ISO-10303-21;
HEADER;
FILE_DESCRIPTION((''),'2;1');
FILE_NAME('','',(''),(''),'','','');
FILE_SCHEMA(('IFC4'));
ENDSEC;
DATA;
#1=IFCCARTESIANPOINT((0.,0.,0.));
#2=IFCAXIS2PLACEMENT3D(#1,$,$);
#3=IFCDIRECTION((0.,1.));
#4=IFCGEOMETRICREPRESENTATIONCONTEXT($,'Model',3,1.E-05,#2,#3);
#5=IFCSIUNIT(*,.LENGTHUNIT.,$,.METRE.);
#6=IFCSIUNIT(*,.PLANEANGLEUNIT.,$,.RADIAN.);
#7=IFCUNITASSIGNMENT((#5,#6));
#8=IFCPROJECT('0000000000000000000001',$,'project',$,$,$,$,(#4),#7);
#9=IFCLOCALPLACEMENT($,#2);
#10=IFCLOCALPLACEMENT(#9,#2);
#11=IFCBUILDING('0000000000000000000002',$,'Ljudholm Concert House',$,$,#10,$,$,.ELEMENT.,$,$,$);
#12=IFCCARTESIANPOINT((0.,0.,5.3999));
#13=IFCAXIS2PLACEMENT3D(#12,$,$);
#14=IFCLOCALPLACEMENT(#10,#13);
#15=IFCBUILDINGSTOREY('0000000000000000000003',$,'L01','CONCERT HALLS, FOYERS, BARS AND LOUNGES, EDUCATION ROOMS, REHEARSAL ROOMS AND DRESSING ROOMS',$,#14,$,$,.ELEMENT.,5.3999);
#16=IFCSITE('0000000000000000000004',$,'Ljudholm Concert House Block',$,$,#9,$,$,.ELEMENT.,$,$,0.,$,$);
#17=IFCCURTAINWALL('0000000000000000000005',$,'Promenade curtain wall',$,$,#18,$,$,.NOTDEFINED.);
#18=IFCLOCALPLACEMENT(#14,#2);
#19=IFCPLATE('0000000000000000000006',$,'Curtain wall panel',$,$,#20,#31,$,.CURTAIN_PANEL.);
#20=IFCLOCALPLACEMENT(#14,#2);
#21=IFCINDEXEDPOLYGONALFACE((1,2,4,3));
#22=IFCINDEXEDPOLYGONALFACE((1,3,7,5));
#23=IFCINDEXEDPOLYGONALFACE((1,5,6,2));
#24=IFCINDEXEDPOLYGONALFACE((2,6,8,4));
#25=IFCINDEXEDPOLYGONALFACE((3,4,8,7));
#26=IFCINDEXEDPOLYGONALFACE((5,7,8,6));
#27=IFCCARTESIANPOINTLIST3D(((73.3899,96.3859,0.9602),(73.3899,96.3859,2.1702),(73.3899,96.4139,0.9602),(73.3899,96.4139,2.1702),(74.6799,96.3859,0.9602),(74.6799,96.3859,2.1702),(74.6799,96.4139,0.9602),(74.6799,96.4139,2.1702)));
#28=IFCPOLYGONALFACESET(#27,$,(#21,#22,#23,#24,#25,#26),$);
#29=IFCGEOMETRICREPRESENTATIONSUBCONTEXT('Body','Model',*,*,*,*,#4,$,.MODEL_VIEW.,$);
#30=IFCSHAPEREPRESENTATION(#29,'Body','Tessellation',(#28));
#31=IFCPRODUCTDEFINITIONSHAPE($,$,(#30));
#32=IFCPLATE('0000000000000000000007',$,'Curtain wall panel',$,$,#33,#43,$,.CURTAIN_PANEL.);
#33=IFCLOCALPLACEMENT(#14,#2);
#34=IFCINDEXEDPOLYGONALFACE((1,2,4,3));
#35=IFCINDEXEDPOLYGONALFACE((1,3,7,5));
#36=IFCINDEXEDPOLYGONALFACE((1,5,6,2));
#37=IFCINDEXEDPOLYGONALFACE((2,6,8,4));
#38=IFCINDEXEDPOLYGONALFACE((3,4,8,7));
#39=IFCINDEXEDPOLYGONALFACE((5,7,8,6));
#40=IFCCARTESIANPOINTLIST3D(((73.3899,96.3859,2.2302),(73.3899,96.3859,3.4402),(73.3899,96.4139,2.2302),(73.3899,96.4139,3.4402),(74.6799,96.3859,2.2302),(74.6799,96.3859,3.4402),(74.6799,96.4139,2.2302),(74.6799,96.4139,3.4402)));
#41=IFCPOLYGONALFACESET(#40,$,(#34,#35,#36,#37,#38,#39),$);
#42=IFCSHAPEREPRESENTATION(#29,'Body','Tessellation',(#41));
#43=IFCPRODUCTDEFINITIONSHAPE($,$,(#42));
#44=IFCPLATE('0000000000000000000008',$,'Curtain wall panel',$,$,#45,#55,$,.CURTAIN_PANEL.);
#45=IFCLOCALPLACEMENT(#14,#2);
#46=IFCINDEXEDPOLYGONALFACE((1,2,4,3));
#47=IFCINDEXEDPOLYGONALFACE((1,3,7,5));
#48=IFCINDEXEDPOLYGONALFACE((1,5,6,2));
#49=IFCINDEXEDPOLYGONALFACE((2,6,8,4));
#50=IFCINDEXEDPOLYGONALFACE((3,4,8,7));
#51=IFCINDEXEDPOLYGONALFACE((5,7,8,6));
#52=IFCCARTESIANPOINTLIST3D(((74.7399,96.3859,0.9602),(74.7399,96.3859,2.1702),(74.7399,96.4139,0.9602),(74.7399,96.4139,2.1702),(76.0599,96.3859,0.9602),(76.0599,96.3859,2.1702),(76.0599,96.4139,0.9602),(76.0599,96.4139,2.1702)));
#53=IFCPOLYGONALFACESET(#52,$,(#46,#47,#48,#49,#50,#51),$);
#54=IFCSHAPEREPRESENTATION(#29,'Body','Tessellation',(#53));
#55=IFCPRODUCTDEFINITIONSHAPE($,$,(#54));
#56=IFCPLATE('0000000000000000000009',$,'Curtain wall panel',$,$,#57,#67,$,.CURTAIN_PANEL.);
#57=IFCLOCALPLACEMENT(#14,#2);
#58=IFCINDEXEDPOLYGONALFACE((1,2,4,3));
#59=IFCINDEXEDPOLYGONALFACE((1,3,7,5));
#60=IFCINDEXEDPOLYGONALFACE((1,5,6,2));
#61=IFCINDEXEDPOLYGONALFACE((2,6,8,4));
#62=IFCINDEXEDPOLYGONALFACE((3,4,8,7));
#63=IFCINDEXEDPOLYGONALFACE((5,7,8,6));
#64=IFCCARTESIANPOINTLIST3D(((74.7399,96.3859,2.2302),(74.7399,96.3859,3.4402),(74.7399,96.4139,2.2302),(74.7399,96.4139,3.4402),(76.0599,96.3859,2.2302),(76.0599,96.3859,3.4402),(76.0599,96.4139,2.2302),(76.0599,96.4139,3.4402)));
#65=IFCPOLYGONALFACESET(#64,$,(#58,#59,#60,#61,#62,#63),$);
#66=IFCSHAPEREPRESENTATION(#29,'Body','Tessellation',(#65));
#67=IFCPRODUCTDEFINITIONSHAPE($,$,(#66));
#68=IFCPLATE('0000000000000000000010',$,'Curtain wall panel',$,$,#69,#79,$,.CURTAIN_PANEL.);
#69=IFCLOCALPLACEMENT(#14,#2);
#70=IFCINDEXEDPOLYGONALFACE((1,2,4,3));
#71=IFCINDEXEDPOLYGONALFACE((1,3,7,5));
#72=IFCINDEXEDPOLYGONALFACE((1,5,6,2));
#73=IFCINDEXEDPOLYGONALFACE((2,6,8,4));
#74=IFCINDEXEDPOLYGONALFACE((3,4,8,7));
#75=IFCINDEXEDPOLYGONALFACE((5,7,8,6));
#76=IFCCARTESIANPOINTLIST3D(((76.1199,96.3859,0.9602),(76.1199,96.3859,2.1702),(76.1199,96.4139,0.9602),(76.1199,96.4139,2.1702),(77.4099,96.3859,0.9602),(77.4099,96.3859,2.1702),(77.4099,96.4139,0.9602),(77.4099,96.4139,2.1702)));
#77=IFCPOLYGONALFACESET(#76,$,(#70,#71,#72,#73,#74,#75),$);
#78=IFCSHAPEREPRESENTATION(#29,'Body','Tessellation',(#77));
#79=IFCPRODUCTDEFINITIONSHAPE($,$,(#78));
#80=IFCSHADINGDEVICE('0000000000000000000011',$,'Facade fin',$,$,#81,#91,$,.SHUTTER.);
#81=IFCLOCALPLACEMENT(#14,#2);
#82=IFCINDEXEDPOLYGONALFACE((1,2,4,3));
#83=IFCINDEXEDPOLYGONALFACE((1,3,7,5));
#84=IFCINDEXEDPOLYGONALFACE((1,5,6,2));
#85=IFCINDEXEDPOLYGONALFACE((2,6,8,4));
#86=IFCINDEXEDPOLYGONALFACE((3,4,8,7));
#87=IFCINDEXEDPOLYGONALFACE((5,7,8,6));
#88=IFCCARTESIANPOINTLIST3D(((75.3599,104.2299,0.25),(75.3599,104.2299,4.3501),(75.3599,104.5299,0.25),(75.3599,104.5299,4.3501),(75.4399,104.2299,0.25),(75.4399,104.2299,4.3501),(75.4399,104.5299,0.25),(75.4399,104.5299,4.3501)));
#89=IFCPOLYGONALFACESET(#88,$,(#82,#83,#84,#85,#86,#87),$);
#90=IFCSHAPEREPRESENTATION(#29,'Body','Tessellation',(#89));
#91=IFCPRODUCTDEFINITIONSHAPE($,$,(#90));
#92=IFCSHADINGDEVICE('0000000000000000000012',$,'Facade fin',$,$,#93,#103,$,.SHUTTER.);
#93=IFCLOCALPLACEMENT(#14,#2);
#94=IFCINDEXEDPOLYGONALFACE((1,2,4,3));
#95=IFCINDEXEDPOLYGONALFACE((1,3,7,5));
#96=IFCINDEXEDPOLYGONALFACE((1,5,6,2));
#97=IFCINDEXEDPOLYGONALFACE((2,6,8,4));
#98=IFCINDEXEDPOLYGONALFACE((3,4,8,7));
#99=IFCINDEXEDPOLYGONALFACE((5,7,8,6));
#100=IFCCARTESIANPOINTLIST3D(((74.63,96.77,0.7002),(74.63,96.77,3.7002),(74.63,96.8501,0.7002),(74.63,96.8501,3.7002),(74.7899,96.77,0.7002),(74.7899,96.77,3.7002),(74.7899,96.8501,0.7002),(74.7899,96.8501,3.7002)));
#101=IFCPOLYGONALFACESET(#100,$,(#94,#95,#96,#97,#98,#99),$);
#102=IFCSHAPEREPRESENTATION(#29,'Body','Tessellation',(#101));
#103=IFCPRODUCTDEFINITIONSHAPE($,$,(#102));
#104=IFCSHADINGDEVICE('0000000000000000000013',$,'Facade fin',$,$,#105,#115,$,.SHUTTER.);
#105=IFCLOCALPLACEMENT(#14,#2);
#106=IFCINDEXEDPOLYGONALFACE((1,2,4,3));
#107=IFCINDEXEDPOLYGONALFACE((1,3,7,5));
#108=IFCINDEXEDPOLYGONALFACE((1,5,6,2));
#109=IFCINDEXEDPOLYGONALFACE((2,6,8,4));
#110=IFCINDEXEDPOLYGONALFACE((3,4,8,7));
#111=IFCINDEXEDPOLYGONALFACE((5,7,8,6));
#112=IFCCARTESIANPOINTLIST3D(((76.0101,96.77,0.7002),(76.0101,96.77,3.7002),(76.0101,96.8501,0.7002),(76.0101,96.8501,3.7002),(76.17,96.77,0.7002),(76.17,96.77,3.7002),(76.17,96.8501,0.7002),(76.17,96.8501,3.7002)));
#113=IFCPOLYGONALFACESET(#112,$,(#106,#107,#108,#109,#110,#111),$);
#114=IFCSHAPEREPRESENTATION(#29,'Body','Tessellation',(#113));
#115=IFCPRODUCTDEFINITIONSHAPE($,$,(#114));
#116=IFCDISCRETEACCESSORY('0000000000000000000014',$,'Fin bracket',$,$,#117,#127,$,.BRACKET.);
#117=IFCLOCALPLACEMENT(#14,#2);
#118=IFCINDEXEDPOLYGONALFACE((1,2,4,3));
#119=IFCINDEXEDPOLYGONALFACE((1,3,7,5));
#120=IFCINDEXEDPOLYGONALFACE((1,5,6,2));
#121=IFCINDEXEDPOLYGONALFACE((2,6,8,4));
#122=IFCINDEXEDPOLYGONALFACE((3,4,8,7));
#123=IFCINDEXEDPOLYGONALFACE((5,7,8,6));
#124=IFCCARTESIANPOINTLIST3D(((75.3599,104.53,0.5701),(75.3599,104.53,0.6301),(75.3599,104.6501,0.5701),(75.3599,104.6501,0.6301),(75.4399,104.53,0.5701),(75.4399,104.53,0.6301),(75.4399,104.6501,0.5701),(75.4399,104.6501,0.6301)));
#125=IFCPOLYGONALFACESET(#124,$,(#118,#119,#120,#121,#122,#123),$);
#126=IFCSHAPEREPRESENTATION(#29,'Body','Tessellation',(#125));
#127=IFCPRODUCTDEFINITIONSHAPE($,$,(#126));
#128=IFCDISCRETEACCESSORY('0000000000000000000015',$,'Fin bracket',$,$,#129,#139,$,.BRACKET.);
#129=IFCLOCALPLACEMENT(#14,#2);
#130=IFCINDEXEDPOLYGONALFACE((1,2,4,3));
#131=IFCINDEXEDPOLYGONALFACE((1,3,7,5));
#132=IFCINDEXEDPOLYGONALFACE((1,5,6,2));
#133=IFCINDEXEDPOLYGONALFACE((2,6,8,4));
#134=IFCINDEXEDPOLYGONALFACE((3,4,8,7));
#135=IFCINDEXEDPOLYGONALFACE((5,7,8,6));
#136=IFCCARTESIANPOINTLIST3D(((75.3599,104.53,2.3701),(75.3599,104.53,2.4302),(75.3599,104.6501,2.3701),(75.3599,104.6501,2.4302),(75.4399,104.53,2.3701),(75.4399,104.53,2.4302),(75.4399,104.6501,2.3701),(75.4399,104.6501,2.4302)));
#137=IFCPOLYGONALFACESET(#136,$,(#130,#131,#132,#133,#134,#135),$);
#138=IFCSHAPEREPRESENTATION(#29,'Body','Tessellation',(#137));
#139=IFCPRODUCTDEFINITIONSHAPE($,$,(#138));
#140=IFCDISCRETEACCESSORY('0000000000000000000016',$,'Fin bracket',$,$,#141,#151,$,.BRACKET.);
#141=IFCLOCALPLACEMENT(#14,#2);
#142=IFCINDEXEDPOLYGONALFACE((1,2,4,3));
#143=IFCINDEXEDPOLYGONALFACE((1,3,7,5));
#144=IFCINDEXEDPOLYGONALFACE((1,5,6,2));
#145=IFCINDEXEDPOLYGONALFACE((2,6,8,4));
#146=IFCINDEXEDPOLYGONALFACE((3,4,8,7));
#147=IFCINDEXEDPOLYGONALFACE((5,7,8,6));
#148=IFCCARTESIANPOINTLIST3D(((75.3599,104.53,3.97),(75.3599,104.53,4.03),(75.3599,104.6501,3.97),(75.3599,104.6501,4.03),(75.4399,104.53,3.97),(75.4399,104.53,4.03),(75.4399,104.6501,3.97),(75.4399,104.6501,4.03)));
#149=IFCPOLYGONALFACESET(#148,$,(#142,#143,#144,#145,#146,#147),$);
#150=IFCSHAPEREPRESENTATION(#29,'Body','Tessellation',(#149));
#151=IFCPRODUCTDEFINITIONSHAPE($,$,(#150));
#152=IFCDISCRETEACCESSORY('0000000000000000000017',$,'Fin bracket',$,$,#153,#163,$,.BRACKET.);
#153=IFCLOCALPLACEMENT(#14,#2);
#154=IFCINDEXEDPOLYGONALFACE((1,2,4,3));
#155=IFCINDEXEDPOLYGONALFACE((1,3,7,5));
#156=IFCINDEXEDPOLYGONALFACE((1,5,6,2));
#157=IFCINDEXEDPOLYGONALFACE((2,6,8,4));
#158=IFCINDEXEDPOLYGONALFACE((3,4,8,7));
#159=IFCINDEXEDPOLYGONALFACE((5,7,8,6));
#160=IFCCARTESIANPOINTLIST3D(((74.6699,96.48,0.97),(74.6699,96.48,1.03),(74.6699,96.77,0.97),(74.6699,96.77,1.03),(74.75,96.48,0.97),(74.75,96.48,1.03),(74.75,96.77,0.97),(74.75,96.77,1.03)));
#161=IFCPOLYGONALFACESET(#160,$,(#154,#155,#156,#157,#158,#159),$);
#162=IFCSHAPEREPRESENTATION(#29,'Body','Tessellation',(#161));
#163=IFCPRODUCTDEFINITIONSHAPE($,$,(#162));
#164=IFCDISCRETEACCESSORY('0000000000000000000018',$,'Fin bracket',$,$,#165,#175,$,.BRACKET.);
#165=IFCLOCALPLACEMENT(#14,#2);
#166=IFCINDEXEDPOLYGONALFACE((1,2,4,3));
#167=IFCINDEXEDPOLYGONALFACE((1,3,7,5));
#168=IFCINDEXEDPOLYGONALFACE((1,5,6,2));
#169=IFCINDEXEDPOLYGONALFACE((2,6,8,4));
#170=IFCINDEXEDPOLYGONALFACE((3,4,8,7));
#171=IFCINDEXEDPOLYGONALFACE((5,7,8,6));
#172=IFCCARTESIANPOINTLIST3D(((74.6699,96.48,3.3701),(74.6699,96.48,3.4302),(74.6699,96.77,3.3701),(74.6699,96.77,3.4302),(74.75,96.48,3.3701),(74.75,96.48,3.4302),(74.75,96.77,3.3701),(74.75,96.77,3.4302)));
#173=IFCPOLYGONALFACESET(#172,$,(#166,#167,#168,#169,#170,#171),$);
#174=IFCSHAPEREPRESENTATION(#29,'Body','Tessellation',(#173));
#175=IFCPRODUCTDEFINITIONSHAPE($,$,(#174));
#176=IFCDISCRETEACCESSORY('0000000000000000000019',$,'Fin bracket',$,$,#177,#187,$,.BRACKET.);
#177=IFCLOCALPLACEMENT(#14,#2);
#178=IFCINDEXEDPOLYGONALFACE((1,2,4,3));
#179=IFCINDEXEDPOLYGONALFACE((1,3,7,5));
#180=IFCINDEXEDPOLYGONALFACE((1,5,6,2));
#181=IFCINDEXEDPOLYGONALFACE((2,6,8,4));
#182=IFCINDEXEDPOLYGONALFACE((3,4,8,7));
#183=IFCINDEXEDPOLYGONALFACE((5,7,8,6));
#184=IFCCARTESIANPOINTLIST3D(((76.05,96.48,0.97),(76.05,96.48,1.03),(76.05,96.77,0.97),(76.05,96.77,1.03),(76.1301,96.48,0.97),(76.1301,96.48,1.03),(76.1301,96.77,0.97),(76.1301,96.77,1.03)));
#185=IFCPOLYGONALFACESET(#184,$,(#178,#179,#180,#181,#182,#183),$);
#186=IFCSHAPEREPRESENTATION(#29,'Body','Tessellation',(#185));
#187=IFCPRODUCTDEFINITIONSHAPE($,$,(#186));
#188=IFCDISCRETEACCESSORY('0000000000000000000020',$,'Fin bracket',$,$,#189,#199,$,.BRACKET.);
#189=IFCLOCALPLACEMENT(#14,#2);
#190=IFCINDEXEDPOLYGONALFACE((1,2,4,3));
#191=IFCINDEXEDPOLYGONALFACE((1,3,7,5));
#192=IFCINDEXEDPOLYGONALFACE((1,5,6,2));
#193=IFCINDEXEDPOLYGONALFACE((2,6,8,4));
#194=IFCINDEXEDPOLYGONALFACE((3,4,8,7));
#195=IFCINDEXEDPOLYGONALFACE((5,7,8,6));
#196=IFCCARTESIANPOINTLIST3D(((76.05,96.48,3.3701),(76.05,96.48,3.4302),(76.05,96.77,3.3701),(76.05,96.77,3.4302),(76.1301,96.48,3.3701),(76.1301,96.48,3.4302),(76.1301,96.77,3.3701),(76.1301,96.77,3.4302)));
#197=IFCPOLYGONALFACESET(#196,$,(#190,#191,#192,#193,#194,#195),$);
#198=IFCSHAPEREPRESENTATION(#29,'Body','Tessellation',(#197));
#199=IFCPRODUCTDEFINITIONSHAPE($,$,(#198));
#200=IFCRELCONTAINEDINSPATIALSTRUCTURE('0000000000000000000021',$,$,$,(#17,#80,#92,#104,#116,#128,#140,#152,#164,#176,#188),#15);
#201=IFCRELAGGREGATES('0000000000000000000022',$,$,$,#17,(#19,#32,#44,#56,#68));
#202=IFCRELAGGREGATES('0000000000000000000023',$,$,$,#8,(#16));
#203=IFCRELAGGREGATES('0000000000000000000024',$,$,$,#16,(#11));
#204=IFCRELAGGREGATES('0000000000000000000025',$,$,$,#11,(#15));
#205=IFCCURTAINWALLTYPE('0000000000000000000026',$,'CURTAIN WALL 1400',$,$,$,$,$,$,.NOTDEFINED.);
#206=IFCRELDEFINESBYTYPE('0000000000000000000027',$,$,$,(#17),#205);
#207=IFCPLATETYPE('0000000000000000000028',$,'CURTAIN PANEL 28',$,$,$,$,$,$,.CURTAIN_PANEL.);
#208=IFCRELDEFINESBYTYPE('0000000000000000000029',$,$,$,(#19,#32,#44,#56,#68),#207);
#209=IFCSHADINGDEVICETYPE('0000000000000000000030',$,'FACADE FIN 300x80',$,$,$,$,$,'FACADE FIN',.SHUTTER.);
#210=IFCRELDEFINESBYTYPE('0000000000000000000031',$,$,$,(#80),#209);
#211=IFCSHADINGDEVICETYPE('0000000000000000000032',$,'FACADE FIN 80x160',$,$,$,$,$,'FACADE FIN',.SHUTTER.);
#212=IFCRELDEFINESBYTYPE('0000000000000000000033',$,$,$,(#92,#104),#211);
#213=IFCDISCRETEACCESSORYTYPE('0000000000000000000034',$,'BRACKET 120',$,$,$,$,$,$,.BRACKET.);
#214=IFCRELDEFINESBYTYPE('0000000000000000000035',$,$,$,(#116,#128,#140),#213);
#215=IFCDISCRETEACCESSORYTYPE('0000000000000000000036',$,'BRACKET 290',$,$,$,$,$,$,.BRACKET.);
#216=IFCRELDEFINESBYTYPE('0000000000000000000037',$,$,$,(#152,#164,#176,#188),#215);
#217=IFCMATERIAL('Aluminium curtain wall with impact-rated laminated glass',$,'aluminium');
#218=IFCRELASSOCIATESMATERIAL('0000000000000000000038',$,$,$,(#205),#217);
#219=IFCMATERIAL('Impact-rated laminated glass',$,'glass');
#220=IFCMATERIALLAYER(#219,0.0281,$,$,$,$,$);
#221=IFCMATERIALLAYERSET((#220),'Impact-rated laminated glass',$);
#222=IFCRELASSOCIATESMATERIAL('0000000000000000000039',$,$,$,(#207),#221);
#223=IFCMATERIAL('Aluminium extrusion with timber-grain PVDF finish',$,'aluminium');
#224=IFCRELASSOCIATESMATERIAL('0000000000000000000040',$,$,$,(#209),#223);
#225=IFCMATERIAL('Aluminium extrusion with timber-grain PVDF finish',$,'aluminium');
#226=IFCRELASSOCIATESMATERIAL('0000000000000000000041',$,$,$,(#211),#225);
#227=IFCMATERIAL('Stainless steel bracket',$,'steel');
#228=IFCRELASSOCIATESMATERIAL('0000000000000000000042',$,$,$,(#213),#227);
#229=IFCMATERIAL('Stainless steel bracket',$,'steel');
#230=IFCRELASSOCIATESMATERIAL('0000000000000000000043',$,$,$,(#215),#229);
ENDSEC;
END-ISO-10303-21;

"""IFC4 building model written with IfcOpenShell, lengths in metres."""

from ifc_helpers import new_model, si_unit, direction, frame, origin, origin_2d, place, context, subcontext, project, spatial, rectangle, extrude, material, layer, layer_set, type_object, element, aggregate, save


model = new_model("IFC4")

# Units and contexts
model_context = context("Model", 3, precision=1e-05, world=origin(), true_north=direction((0.0, 1.0)))
body_context = subcontext(model_context, "Body", "Model", "MODEL_VIEW")
ifc_project = project(units=[si_unit("LENGTHUNIT", "METRE"), si_unit("PLANEANGLEUNIT", "RADIAN")], contexts=[model_context])

# Site, building, storey
site_placement = place(None, origin())
site = spatial("IfcSite", under=ifc_project, at=site_placement, Name="Ljudholm Concert House Block", CompositionType="ELEMENT", RefElevation=0.0)
building_placement = place(site_placement, origin())
building = spatial("IfcBuilding", under=site, at=building_placement, Name="Ljudholm Concert House", CompositionType="ELEMENT")
storey_placement = place(building_placement, frame((0.0, 0.0, 5.3999)))
storey = spatial("IfcBuildingStorey", under=building, at=storey_placement, Name="L01", Description="CONCERT HALLS, FOYERS, BARS AND LOUNGES, EDUCATION ROOMS, REHEARSAL ROOMS AND DRESSING ROOMS", CompositionType="ELEMENT", Elevation=5.3999)

# Curtain wall
ifc_material_1 = material(Name="Aluminium curtain wall with impact-rated laminated glass", Category="aluminium")
curtain_wall_type = type_object("IfcCurtainWallType", Name="CURTAIN WALL 1400", PredefinedType="NOTDEFINED", material=ifc_material_1)
curtain_wall_placement = place(storey_placement, origin())
curtain_wall = element("IfcCurtainWall", 1, at=curtain_wall_placement, inside=storey, type_object=curtain_wall_type, Name="Promenade curtain wall", PredefinedType="NOTDEFINED")

# Plates
ifc_material_2 = material(Name="Impact-rated laminated glass", Category="glass")
ifc_layer = layer(ifc_material_2, 0.0281)
ifc_layer_set = layer_set([ifc_layer], Name="Impact-rated laminated glass")
plate_type = type_object("IfcPlateType", Name="CURTAIN PANEL 28", PredefinedType="CURTAIN_PANEL", material=ifc_layer_set)
plate_1_placement = place(storey_placement, frame((74.0349, 96.3999, 0.9602), z_axis=(0.0, 0.0, 1.0), x_axis=(1.0, 0.0, 0.0)))
plate_1 = element("IfcPlate", 2, at=plate_1_placement, type_object=plate_type, Name="Curtain wall panel", PredefinedType="CURTAIN_PANEL", context=body_context, shape_type="SweptSolid", body=[
    extrude(rectangle(XDim=1.29, YDim=0.0281, at=origin_2d()), origin(), (0.0, 0.0, 1.0), 1.21),
])
plate_2_placement = place(storey_placement, frame((74.0349, 96.3999, 2.2302), z_axis=(0.0, 0.0, 1.0), x_axis=(1.0, 0.0, 0.0)))
plate_2 = element("IfcPlate", 3, at=plate_2_placement, type_object=plate_type, Name="Curtain wall panel", PredefinedType="CURTAIN_PANEL", context=body_context, shape_type="SweptSolid", body=[
    extrude(rectangle(XDim=1.29, YDim=0.0281, at=origin_2d()), origin(), (0.0, 0.0, 1.0), 1.21),
])
plate_3_placement = place(storey_placement, frame((75.3999, 96.3999, 0.9602), z_axis=(0.0, 0.0, 1.0), x_axis=(1.0, 0.0, 0.0)))
plate_3 = element("IfcPlate", 4, at=plate_3_placement, type_object=plate_type, Name="Curtain wall panel", PredefinedType="CURTAIN_PANEL", context=body_context, shape_type="SweptSolid", body=[
    extrude(rectangle(XDim=1.3201, YDim=0.0281, at=origin_2d()), origin(), (0.0, 0.0, 1.0), 1.21),
])
plate_4_placement = place(storey_placement, frame((75.3999, 96.3999, 2.2302), z_axis=(0.0, 0.0, 1.0), x_axis=(1.0, 0.0, 0.0)))
plate_4 = element("IfcPlate", 5, at=plate_4_placement, type_object=plate_type, Name="Curtain wall panel", PredefinedType="CURTAIN_PANEL", context=body_context, shape_type="SweptSolid", body=[
    extrude(rectangle(XDim=1.3201, YDim=0.0281, at=origin_2d()), origin(), (0.0, 0.0, 1.0), 1.21),
])
plate_5_placement = place(storey_placement, frame((76.7649, 96.3999, 0.9602), z_axis=(0.0, 0.0, 1.0), x_axis=(1.0, 0.0, 0.0)))
plate_5 = element("IfcPlate", 6, at=plate_5_placement, type_object=plate_type, Name="Curtain wall panel", PredefinedType="CURTAIN_PANEL", context=body_context, shape_type="SweptSolid", body=[
    extrude(rectangle(XDim=1.29, YDim=0.0281, at=origin_2d()), origin(), (0.0, 0.0, 1.0), 1.21),
])
aggregate(curtain_wall, [plate_1, plate_2, plate_3, plate_4, plate_5])

# Shading devices
ifc_material_3 = material(Name="Aluminium extrusion with timber-grain PVDF finish", Category="aluminium")
shading_device_type_1 = type_object("IfcShadingDeviceType", Name="FACADE FIN 300x80", ElementType="FACADE FIN", PredefinedType="SHUTTER", material=ifc_material_3)
shading_device_placement = place(storey_placement, frame((75.3999, 104.3799, 0.25), z_axis=(0.0, 0.0, 1.0), x_axis=(0.0, -1.0, 0.0)))
element("IfcShadingDevice", 7, at=shading_device_placement, inside=storey, type_object=shading_device_type_1, Name="Facade fin", PredefinedType="SHUTTER", context=body_context, shape_type="SweptSolid", body=[
    extrude(rectangle(XDim=0.3, YDim=0.0801, at=origin_2d()), origin(), (0.0, 0.0, 1.0), 4.1001),
])
ifc_material_4 = material(Name="Aluminium extrusion with timber-grain PVDF finish", Category="aluminium")
shading_device_type_2 = type_object("IfcShadingDeviceType", Name="FACADE FIN 80x160", ElementType="FACADE FIN", PredefinedType="SHUTTER", material=ifc_material_4)
for number, where, z_axis, x_axis, name in (
    (8, (74.71, 96.8101, 0.7002), (0.0, 0.0, 1.0), (0.0, 1.0, 0.0), "Facade fin"),
    (9, (76.0901, 96.8101, 0.7002), (0.0, 0.0, 1.0), (0.0, 1.0, 0.0), "Facade fin"),
):
    element("IfcShadingDevice", number, at=place(storey_placement, frame(where, z_axis=z_axis, x_axis=x_axis)), inside=storey, type_object=shading_device_type_2, Name=name, PredefinedType="SHUTTER", context=body_context, shape_type="SweptSolid", body=[
        extrude(rectangle(XDim=0.0801, YDim=0.1599, at=origin_2d()), origin(), (0.0, 0.0, 1.0), 3.0),
    ])

# Discrete accessories
ifc_material_5 = material(Name="Stainless steel bracket", Category="steel")
discrete_accessory_type_1 = type_object("IfcDiscreteAccessoryType", Name="BRACKET 120", PredefinedType="BRACKET", material=ifc_material_5)
for number, where, z_axis, x_axis, name in (
    (10, (75.3999, 104.5901, 0.5701), (0.0, 0.0, 1.0), (0.0, -1.0, 0.0), "Fin bracket"),
    (11, (75.3999, 104.5901, 2.3701), (0.0, 0.0, 1.0), (0.0, -1.0, 0.0), "Fin bracket"),
    (12, (75.3999, 104.5901, 3.97), (0.0, 0.0, 1.0), (0.0, -1.0, 0.0), "Fin bracket"),
):
    element("IfcDiscreteAccessory", number, at=place(storey_placement, frame(where, z_axis=z_axis, x_axis=x_axis)), inside=storey, type_object=discrete_accessory_type_1, Name=name, PredefinedType="BRACKET", context=body_context, shape_type="SweptSolid", body=[
        extrude(rectangle(XDim=0.1201, YDim=0.0801, at=origin_2d()), origin(), (0.0, 0.0, 1.0), 0.0601),
    ])
ifc_material_6 = material(Name="Stainless steel bracket", Category="steel")
discrete_accessory_type_2 = type_object("IfcDiscreteAccessoryType", Name="BRACKET 290", PredefinedType="BRACKET", material=ifc_material_6)
for number, where, z_axis, x_axis, name in (
    (13, (74.71, 96.625, 0.97), (0.0, 0.0, 1.0), (0.0, 1.0, 0.0), "Fin bracket"),
    (14, (74.71, 96.625, 3.3701), (0.0, 0.0, 1.0), (0.0, 1.0, 0.0), "Fin bracket"),
    (15, (76.0901, 96.625, 0.97), (0.0, 0.0, 1.0), (0.0, 1.0, 0.0), "Fin bracket"),
    (16, (76.0901, 96.625, 3.3701), (0.0, 0.0, 1.0), (0.0, 1.0, 0.0), "Fin bracket"),
):
    element("IfcDiscreteAccessory", number, at=place(storey_placement, frame(where, z_axis=z_axis, x_axis=x_axis)), inside=storey, type_object=discrete_accessory_type_2, Name=name, PredefinedType="BRACKET", context=body_context, shape_type="SweptSolid", body=[
        extrude(rectangle(XDim=0.29, YDim=0.0801, at=origin_2d()), origin(), (0.0, 0.0, 1.0), 0.0601),
    ])

save(model, "model.ifc")
